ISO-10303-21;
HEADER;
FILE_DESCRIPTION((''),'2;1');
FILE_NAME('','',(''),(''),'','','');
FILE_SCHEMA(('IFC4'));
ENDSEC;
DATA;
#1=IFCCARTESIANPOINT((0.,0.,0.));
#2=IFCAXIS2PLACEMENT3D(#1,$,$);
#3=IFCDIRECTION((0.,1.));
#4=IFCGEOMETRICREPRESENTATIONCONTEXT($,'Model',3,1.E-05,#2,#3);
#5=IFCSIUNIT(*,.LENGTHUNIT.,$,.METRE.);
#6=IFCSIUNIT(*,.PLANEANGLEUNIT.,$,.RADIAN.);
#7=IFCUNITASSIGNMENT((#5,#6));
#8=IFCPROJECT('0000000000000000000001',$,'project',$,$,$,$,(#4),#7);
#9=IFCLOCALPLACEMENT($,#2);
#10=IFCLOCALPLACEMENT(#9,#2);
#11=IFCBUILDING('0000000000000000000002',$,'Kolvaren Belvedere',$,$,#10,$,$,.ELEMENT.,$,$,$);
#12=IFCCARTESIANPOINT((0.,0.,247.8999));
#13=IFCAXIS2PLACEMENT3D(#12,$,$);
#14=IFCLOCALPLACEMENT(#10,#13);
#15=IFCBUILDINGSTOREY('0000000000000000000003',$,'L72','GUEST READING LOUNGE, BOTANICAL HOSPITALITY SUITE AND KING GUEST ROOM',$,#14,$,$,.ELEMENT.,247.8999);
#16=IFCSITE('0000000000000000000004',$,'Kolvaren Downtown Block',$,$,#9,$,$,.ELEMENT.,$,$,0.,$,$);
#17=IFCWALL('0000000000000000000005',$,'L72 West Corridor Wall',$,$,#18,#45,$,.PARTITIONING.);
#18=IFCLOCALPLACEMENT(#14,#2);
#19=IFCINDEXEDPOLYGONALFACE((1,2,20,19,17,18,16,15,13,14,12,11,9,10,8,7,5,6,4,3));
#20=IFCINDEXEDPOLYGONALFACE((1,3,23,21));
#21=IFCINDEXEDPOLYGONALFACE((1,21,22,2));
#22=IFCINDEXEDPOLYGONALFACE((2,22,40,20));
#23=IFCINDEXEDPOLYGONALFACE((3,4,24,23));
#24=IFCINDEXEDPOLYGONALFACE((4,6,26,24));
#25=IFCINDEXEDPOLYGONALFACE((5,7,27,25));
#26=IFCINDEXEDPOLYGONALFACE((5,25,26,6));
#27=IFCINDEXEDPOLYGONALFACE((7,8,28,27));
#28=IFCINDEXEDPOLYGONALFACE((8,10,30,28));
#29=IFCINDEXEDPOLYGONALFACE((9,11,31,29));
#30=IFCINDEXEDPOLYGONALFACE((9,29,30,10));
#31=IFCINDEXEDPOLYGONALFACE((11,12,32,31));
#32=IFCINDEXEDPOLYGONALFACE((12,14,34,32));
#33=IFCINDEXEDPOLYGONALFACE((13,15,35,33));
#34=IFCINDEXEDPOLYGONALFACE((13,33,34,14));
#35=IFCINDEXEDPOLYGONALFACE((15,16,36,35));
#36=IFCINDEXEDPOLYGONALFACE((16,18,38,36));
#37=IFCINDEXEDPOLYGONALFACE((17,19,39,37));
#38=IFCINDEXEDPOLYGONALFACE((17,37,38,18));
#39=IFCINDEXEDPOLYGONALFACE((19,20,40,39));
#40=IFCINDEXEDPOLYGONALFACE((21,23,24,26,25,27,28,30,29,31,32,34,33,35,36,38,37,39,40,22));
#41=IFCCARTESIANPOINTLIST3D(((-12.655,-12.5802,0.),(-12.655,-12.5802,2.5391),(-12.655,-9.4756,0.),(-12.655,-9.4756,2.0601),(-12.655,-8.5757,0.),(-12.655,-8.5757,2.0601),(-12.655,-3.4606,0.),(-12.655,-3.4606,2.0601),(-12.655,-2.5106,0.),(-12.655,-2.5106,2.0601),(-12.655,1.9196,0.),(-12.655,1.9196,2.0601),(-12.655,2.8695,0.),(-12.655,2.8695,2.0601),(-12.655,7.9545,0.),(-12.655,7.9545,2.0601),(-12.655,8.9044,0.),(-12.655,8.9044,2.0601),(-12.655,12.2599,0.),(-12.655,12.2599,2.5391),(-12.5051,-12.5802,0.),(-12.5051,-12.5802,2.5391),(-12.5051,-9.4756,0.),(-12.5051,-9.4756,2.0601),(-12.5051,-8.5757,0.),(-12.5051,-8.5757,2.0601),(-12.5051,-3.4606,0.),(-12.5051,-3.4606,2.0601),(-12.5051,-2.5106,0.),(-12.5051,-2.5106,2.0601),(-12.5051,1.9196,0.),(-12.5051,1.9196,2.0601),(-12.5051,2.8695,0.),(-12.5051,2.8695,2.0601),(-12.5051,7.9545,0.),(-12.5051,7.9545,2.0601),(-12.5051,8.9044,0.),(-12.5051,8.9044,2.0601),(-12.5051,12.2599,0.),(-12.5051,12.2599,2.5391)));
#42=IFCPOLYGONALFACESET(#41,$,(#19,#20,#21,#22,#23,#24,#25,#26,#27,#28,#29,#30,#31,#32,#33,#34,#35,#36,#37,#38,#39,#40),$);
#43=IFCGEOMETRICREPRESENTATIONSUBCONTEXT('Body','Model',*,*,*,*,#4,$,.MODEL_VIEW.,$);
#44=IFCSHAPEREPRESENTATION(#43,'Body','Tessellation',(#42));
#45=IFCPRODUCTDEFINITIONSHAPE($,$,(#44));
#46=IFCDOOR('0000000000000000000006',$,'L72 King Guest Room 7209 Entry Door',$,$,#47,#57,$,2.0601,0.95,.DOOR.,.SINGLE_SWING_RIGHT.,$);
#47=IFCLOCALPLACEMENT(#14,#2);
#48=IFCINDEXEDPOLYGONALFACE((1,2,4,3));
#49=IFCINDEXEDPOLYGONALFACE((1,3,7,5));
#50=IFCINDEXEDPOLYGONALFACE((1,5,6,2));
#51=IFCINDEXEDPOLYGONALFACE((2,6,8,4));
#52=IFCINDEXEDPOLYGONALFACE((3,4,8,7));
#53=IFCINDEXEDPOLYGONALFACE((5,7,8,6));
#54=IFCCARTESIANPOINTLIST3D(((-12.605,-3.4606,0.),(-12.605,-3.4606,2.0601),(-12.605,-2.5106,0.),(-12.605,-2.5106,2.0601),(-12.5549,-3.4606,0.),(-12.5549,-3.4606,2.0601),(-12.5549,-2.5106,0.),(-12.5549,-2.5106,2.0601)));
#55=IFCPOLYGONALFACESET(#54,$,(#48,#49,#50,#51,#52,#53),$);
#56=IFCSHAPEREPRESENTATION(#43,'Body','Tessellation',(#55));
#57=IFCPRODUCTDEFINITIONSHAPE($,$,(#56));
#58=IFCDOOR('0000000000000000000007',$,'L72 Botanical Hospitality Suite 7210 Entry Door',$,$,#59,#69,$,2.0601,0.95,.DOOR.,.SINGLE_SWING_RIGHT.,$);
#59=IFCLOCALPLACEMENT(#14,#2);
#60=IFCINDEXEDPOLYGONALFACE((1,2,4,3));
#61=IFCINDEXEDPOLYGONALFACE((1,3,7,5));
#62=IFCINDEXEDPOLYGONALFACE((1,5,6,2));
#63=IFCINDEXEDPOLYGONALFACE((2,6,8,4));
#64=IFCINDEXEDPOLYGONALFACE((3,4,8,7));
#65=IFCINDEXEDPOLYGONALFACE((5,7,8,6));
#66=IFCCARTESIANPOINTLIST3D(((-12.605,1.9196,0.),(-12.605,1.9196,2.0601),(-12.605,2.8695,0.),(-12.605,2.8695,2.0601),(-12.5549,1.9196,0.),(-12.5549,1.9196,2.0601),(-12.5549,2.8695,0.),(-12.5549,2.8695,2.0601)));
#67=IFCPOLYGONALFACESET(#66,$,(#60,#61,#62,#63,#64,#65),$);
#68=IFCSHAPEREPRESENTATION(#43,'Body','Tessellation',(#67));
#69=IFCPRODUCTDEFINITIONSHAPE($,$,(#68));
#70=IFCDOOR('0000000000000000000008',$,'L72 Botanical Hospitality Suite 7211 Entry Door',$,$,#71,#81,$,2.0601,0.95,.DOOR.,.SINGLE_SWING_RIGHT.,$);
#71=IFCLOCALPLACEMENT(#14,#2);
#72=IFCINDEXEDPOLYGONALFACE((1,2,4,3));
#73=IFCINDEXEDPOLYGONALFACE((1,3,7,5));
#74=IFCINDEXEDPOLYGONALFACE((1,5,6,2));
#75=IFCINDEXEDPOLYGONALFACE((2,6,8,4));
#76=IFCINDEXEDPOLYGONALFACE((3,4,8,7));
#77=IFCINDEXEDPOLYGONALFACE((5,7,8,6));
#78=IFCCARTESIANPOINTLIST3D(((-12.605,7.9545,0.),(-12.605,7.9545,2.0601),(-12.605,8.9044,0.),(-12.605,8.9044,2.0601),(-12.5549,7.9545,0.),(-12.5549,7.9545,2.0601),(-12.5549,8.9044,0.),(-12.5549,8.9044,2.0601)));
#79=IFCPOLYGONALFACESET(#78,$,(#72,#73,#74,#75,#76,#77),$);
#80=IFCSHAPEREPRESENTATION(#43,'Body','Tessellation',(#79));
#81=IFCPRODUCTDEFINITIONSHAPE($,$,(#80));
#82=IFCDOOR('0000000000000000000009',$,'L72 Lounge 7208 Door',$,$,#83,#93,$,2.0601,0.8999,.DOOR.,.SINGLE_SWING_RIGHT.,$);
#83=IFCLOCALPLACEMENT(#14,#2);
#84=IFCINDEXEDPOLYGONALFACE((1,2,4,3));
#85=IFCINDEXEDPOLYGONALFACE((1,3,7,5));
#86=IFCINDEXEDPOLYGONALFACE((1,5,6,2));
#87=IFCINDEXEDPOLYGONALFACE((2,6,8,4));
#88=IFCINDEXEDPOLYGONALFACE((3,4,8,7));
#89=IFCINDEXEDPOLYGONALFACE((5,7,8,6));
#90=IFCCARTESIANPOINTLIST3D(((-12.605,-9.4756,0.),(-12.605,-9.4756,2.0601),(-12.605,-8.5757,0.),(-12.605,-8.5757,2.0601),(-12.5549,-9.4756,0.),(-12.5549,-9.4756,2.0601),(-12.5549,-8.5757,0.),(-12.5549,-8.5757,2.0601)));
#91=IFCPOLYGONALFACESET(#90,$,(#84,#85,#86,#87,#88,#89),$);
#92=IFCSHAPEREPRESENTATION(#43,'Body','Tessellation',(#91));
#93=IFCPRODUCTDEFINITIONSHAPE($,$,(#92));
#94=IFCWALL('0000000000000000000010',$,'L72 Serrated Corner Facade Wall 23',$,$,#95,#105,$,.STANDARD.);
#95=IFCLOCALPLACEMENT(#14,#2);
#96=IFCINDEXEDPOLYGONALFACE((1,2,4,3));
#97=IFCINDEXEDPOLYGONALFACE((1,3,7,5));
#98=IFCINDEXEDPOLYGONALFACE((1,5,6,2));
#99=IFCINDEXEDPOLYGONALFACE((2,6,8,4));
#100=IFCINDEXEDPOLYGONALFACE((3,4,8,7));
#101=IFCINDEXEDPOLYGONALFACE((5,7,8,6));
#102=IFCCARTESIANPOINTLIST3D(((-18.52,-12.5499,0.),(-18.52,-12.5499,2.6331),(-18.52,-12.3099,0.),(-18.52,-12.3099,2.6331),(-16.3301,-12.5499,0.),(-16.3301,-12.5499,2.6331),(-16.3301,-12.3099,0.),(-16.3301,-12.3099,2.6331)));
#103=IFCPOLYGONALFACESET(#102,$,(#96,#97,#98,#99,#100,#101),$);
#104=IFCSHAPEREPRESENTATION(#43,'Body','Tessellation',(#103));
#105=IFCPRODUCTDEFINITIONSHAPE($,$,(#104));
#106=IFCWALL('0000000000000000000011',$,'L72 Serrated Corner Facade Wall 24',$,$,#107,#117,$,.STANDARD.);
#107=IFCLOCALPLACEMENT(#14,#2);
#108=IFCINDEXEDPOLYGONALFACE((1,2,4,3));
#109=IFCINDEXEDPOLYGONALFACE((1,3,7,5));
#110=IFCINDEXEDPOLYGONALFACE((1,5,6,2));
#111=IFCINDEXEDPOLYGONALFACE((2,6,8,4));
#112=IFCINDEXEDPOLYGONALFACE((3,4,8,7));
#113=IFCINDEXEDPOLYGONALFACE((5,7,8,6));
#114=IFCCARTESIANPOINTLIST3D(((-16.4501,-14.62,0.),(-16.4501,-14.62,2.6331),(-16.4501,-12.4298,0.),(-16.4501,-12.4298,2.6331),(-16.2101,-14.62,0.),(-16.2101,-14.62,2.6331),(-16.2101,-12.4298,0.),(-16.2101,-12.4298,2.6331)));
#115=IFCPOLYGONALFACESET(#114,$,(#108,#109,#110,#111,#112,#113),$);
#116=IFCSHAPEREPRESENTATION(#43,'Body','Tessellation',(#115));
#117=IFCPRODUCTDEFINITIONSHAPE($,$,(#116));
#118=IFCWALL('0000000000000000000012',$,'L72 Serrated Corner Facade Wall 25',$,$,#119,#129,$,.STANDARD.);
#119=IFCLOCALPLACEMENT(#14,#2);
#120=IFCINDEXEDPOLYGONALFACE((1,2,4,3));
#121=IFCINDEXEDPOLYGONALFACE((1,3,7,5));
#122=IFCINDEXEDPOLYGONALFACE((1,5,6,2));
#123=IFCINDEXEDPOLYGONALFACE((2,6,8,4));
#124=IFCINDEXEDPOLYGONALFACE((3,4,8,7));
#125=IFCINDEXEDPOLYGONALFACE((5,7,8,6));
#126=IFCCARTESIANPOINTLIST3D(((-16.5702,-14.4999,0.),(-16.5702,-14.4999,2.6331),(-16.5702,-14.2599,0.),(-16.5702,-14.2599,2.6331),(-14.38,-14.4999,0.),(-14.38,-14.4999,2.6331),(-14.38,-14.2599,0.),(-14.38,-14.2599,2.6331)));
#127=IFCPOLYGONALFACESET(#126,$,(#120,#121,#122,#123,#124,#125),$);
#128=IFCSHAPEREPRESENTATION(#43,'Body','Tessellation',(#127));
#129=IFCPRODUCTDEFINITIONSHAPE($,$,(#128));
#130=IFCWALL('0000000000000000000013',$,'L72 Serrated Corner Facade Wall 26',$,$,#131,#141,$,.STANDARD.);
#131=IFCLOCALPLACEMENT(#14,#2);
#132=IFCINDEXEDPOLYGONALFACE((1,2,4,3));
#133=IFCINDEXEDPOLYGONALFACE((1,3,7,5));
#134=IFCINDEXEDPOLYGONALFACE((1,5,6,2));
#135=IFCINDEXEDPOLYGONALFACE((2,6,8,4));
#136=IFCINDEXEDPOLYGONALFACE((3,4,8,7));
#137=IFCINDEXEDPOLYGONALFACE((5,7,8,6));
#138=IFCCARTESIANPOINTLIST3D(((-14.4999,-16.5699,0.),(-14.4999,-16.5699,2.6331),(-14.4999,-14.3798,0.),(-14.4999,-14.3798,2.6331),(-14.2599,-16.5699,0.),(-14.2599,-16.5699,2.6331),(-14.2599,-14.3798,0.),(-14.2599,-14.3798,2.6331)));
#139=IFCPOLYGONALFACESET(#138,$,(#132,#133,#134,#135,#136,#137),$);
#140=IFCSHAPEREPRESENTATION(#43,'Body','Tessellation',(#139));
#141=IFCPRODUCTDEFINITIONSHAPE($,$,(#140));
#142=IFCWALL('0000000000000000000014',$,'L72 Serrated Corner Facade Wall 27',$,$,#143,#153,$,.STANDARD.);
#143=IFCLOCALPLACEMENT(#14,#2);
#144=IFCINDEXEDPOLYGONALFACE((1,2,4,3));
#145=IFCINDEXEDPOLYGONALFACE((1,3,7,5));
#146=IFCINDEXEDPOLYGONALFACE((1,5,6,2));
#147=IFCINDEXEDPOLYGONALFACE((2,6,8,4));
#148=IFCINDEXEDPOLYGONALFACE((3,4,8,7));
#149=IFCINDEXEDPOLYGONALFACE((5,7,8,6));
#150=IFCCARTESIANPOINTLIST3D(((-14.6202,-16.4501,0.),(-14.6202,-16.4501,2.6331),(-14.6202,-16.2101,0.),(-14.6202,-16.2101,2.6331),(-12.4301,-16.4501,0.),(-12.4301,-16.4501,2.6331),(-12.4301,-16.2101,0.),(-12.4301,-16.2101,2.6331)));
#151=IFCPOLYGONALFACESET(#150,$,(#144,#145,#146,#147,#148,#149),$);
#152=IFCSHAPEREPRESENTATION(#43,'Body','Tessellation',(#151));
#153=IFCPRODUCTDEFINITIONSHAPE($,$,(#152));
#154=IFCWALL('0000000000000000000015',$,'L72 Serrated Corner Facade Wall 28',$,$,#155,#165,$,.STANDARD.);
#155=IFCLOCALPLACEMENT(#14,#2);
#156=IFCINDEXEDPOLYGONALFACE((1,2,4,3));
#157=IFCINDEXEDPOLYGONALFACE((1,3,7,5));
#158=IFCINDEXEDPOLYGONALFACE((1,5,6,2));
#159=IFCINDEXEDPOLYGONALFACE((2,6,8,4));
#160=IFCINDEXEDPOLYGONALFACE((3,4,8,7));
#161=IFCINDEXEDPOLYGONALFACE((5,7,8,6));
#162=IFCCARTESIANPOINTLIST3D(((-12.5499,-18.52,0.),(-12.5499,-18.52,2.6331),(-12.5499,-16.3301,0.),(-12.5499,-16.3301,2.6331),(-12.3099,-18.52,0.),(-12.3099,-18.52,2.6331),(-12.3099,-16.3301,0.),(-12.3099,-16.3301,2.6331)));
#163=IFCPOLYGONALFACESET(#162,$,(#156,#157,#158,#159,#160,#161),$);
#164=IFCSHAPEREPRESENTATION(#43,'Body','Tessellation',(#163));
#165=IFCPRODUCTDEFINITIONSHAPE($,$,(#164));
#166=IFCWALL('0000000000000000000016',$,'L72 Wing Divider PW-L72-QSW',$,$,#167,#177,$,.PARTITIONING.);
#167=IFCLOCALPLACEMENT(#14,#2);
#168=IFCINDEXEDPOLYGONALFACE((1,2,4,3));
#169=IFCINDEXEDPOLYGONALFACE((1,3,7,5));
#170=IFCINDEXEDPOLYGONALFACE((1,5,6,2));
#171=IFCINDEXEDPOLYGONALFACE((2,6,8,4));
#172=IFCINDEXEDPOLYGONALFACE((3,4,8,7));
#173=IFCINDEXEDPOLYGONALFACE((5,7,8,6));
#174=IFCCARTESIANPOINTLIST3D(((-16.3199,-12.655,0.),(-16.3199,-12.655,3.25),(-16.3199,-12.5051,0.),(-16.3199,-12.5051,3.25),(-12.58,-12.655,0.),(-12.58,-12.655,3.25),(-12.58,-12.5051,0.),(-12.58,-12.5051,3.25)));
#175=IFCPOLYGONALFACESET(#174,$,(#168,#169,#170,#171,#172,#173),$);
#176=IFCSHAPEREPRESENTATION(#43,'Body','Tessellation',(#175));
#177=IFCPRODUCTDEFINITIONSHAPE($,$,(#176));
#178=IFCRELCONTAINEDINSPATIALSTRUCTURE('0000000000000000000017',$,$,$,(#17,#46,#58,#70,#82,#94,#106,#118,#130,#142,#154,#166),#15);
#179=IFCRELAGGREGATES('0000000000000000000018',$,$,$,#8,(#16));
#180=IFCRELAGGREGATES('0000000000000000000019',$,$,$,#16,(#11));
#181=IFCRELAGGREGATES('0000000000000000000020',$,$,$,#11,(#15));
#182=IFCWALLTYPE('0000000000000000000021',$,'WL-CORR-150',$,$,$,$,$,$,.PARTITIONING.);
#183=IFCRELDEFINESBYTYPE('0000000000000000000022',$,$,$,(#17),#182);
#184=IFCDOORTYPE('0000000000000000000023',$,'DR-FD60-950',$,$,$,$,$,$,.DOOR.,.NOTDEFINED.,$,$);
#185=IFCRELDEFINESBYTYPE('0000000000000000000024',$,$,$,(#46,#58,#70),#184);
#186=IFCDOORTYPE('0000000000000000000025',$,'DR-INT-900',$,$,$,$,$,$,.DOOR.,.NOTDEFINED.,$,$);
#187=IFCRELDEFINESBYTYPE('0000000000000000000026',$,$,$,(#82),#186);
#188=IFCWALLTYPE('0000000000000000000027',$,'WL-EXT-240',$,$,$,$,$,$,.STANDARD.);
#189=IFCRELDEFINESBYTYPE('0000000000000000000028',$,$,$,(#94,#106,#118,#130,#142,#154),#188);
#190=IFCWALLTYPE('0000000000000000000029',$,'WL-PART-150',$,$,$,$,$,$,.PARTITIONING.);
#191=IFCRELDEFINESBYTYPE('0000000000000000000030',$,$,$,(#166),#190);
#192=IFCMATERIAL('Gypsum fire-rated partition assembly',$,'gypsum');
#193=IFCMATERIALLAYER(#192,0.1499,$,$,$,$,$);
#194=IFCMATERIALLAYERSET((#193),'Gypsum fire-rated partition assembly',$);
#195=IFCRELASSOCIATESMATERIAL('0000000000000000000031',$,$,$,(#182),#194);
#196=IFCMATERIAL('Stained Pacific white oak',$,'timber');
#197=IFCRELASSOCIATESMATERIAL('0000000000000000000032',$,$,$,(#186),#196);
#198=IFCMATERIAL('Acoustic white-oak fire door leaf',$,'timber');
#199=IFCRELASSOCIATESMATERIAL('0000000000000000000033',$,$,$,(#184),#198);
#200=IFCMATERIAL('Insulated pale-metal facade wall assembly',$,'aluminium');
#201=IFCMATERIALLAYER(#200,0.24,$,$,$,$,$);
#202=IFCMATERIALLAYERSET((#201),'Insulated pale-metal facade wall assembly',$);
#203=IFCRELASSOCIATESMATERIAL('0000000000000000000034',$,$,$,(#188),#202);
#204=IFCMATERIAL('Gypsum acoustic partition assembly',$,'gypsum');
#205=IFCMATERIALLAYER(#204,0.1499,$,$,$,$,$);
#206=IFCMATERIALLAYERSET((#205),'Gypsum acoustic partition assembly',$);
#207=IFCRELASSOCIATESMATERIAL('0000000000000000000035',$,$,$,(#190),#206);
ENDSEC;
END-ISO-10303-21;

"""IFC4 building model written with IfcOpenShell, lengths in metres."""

from ifc_helpers import new_model, si_unit, direction, frame, frame_2d, origin, place, context, subcontext, project, spatial, rectangle, extrude, material, layer, layer_set, type_object, element, fill, save


model = new_model("IFC4")

# Units and contexts
model_context = context("Model", 3, precision=1e-05, world=origin(), true_north=direction((0.0, 1.0)))
body_context = subcontext(model_context, "Body", "Model", "MODEL_VIEW")
ifc_project = project(units=[si_unit("LENGTHUNIT", "METRE"), si_unit("PLANEANGLEUNIT", "RADIAN")], contexts=[model_context])

# Site, building, storey
site_placement = place(None, origin())
site = spatial("IfcSite", under=ifc_project, at=site_placement, Name="Kolvaren Downtown Block", CompositionType="ELEMENT", RefElevation=0.0)
building_placement = place(site_placement, origin())
building = spatial("IfcBuilding", under=site, at=building_placement, Name="Kolvaren Belvedere", CompositionType="ELEMENT")
storey_placement = place(building_placement, frame((0.0, 0.0, 247.8999)))
storey = spatial("IfcBuildingStorey", under=building, at=storey_placement, Name="L72", Description="GUEST READING LOUNGE, BOTANICAL HOSPITALITY SUITE AND KING GUEST ROOM", CompositionType="ELEMENT", Elevation=247.8999)

# Wall, openings, doors
ifc_material_1 = material(Name="Gypsum fire-rated partition assembly", Category="gypsum")
ifc_layer_1 = layer(ifc_material_1, 0.1499)
ifc_layer_set_1 = layer_set([ifc_layer_1], Name="Gypsum fire-rated partition assembly")
wall_type_1 = type_object("IfcWallType", Name="WL-CORR-150", PredefinedType="PARTITIONING", material=ifc_layer_set_1)
ifc_material_2 = material(Name="Stained Pacific white oak", Category="timber")
door_type_1 = type_object("IfcDoorType", Name="DR-INT-900", OperationType="NOTDEFINED", PredefinedType="DOOR", material=ifc_material_2)
wall_1_placement = place(storey_placement, frame((-12.5801, -12.5801, 0.0), z_axis=(0.0, 0.0, 1.0), x_axis=(0.0, 1.0, 0.0)))
wall_1 = element("IfcWall", 1, at=wall_1_placement, inside=storey, type_object=wall_type_1, Name="L72 West Corridor Wall", PredefinedType="PARTITIONING", context=body_context, shape_type="SweptSolid", body=[
    extrude(rectangle(XDim=24.8401, YDim=0.1499, at=frame_2d((12.4199, 0.0))), origin(), (0.0, 0.0, 1.0), 2.5391),
])
opening_1_placement = place(wall_1_placement, frame((3.1045, 0.0, 0.0)))
opening_1 = element("IfcOpeningElement", 2, at=opening_1_placement, cuts=wall_1, PredefinedType="OPENING", context=body_context, shape_type="SweptSolid", body=[
    extrude(rectangle(XDim=0.8999, YDim=2.0601, at=frame_2d((0.45, 1.03))), frame((0.0, 0.085, 0.0), z_axis=(0.0, -1.0, 0.0), x_axis=(1.0, 0.0, 0.0)), (0.0, 0.0, 1.0), 0.1699),
])
opening_2_placement = place(wall_1_placement, frame((9.1194, 0.0, 0.0)))
opening_2 = element("IfcOpeningElement", 3, at=opening_2_placement, cuts=wall_1, PredefinedType="OPENING", context=body_context, shape_type="SweptSolid", body=[
    extrude(rectangle(XDim=0.95, YDim=2.0601, at=frame_2d((0.4751, 1.03))), frame((0.0, 0.085, 0.0), z_axis=(0.0, -1.0, 0.0), x_axis=(1.0, 0.0, 0.0)), (0.0, 0.0, 1.0), 0.1699),
])
opening_3_placement = place(wall_1_placement, frame((14.4995, 0.0, 0.0)))
opening_3 = element("IfcOpeningElement", 4, at=opening_3_placement, cuts=wall_1, PredefinedType="OPENING", context=body_context, shape_type="SweptSolid", body=[
    extrude(rectangle(XDim=0.95, YDim=2.0601, at=frame_2d((0.4751, 1.03))), frame((0.0, 0.085, 0.0), z_axis=(0.0, -1.0, 0.0), x_axis=(1.0, 0.0, 0.0)), (0.0, 0.0, 1.0), 0.1699),
])
opening_4_placement = place(wall_1_placement, frame((20.5344, 0.0, 0.0)))
opening_4 = element("IfcOpeningElement", 5, at=opening_4_placement, cuts=wall_1, PredefinedType="OPENING", context=body_context, shape_type="SweptSolid", body=[
    extrude(rectangle(XDim=0.95, YDim=2.0601, at=frame_2d((0.4751, 1.03))), frame((0.0, 0.085, 0.0), z_axis=(0.0, -1.0, 0.0), x_axis=(1.0, 0.0, 0.0)), (0.0, 0.0, 1.0), 0.1699),
])
ifc_material_3 = material(Name="Acoustic white-oak fire door leaf", Category="timber")
door_type_2 = type_object("IfcDoorType", Name="DR-FD60-950", OperationType="NOTDEFINED", PredefinedType="DOOR", material=ifc_material_3)
door_1_placement = place(opening_2_placement, origin())
door_1 = element("IfcDoor", 6, at=door_1_placement, inside=storey, type_object=door_type_2, Name="L72 King Guest Room 7209 Entry Door", OperationType="SINGLE_SWING_RIGHT", OverallHeight=2.0601, OverallWidth=0.95, PredefinedType="DOOR", context=body_context, shape_type="SweptSolid", body=[
    extrude(rectangle(XDim=0.95, YDim=2.0601, at=frame_2d((0.4751, 1.03))), frame((0.0, 0.0249, 0.0), z_axis=(0.0, -1.0, 0.0), x_axis=(1.0, 0.0, 0.0)), (0.0, 0.0, 1.0), 0.05),
])
fill(opening_2, door_1)
door_2_placement = place(opening_3_placement, origin())
door_2 = element("IfcDoor", 7, at=door_2_placement, inside=storey, type_object=door_type_2, Name="L72 Botanical Hospitality Suite 7210 Entry Door", OperationType="SINGLE_SWING_RIGHT", OverallHeight=2.0601, OverallWidth=0.95, PredefinedType="DOOR", context=body_context, shape_type="SweptSolid", body=[
    extrude(rectangle(XDim=0.95, YDim=2.0601, at=frame_2d((0.4751, 1.03))), frame((0.0, 0.0249, 0.0), z_axis=(0.0, -1.0, 0.0), x_axis=(1.0, 0.0, 0.0)), (0.0, 0.0, 1.0), 0.05),
])
fill(opening_3, door_2)
door_3_placement = place(opening_4_placement, origin())
door_3 = element("IfcDoor", 8, at=door_3_placement, inside=storey, type_object=door_type_2, Name="L72 Botanical Hospitality Suite 7211 Entry Door", OperationType="SINGLE_SWING_RIGHT", OverallHeight=2.0601, OverallWidth=0.95, PredefinedType="DOOR", context=body_context, shape_type="SweptSolid", body=[
    extrude(rectangle(XDim=0.95, YDim=2.0601, at=frame_2d((0.4751, 1.03))), frame((0.0, 0.0249, 0.0), z_axis=(0.0, -1.0, 0.0), x_axis=(1.0, 0.0, 0.0)), (0.0, 0.0, 1.0), 0.05),
])
fill(opening_4, door_3)
door_4_placement = place(opening_1_placement, origin())
door_4 = element("IfcDoor", 9, at=door_4_placement, inside=storey, type_object=door_type_1, Name="L72 Lounge 7208 Door", OperationType="SINGLE_SWING_RIGHT", OverallHeight=2.0601, OverallWidth=0.8999, PredefinedType="DOOR", context=body_context, shape_type="SweptSolid", body=[
    extrude(rectangle(XDim=0.8999, YDim=2.0601, at=frame_2d((0.45, 1.03))), frame((0.0, 0.0249, 0.0), z_axis=(0.0, -1.0, 0.0), x_axis=(1.0, 0.0, 0.0)), (0.0, 0.0, 1.0), 0.05),
])
fill(opening_1, door_4)

# Walls
ifc_material_4 = material(Name="Insulated pale-metal facade wall assembly", Category="aluminium")
ifc_layer_2 = layer(ifc_material_4, 0.24)
ifc_layer_set_2 = layer_set([ifc_layer_2], Name="Insulated pale-metal facade wall assembly")
wall_type_2 = type_object("IfcWallType", Name="WL-EXT-240", PredefinedType="STANDARD", material=ifc_layer_set_2)
wall_2_placement = place(storey_placement, frame((-16.3301, -12.4299, 0.0), z_axis=(0.0, 0.0, 1.0), x_axis=(-1.0, 0.0, 0.0)))
element("IfcWall", 10, at=wall_2_placement, inside=storey, type_object=wall_type_2, Name="L72 Serrated Corner Facade Wall 23", PredefinedType="STANDARD", context=body_context, shape_type="SweptSolid", body=[
    extrude(rectangle(XDim=2.1899, YDim=0.24, at=frame_2d((1.095, 0.0))), origin(), (0.0, 0.0, 1.0), 2.6331),
])
for number, where, z_axis, x_axis, name in (
    (11, (-16.3301, -14.6201, 0.0), (0.0, 0.0, 1.0), (0.0, 1.0, 0.0), "L72 Serrated Corner Facade Wall 24"),
    (12, (-14.3799, -14.3799, 0.0), (0.0, 0.0, 1.0), (-1.0, 0.0, 0.0), "L72 Serrated Corner Facade Wall 25"),
    (13, (-14.3799, -16.5701, 0.0), (0.0, 0.0, 1.0), (0.0, 1.0, 0.0), "L72 Serrated Corner Facade Wall 26"),
    (14, (-12.4299, -16.3301, 0.0), (0.0, 0.0, 1.0), (-1.0, 0.0, 0.0), "L72 Serrated Corner Facade Wall 27"),
):
    element("IfcWall", number, at=place(storey_placement, frame(where, z_axis=z_axis, x_axis=x_axis)), inside=storey, type_object=wall_type_2, Name=name, PredefinedType="STANDARD", context=body_context, shape_type="SweptSolid", body=[
        extrude(rectangle(XDim=2.1902, YDim=0.24, at=frame_2d((1.0952, 0.0))), origin(), (0.0, 0.0, 1.0), 2.6331),
    ])
wall_3_placement = place(storey_placement, frame((-12.4299, -18.52, 0.0), z_axis=(0.0, 0.0, 1.0), x_axis=(0.0, 1.0, 0.0)))
element("IfcWall", 15, at=wall_3_placement, inside=storey, type_object=wall_type_2, Name="L72 Serrated Corner Facade Wall 28", PredefinedType="STANDARD", context=body_context, shape_type="SweptSolid", body=[
    extrude(rectangle(XDim=2.1899, YDim=0.24, at=frame_2d((1.095, 0.0))), origin(), (0.0, 0.0, 1.0), 2.6331),
])
ifc_material_5 = material(Name="Gypsum acoustic partition assembly", Category="gypsum")
ifc_layer_3 = layer(ifc_material_5, 0.1499)
ifc_layer_set_3 = layer_set([ifc_layer_3], Name="Gypsum acoustic partition assembly")
wall_type_3 = type_object("IfcWallType", Name="WL-PART-150", PredefinedType="PARTITIONING", material=ifc_layer_set_3)
wall_4_placement = place(storey_placement, frame((-16.3201, -12.5801, 0.0), z_axis=(0.0, 0.0, 1.0), x_axis=(1.0, 0.0, 0.0)))
element("IfcWall", 16, at=wall_4_placement, inside=storey, type_object=wall_type_3, Name="L72 Wing Divider PW-L72-QSW", PredefinedType="PARTITIONING", context=body_context, shape_type="SweptSolid", body=[
    extrude(rectangle(XDim=3.74, YDim=0.1499, at=frame_2d((1.8701, 0.0))), origin(), (0.0, 0.0, 1.0), 3.25),
])

save(model, "model.ifc")
